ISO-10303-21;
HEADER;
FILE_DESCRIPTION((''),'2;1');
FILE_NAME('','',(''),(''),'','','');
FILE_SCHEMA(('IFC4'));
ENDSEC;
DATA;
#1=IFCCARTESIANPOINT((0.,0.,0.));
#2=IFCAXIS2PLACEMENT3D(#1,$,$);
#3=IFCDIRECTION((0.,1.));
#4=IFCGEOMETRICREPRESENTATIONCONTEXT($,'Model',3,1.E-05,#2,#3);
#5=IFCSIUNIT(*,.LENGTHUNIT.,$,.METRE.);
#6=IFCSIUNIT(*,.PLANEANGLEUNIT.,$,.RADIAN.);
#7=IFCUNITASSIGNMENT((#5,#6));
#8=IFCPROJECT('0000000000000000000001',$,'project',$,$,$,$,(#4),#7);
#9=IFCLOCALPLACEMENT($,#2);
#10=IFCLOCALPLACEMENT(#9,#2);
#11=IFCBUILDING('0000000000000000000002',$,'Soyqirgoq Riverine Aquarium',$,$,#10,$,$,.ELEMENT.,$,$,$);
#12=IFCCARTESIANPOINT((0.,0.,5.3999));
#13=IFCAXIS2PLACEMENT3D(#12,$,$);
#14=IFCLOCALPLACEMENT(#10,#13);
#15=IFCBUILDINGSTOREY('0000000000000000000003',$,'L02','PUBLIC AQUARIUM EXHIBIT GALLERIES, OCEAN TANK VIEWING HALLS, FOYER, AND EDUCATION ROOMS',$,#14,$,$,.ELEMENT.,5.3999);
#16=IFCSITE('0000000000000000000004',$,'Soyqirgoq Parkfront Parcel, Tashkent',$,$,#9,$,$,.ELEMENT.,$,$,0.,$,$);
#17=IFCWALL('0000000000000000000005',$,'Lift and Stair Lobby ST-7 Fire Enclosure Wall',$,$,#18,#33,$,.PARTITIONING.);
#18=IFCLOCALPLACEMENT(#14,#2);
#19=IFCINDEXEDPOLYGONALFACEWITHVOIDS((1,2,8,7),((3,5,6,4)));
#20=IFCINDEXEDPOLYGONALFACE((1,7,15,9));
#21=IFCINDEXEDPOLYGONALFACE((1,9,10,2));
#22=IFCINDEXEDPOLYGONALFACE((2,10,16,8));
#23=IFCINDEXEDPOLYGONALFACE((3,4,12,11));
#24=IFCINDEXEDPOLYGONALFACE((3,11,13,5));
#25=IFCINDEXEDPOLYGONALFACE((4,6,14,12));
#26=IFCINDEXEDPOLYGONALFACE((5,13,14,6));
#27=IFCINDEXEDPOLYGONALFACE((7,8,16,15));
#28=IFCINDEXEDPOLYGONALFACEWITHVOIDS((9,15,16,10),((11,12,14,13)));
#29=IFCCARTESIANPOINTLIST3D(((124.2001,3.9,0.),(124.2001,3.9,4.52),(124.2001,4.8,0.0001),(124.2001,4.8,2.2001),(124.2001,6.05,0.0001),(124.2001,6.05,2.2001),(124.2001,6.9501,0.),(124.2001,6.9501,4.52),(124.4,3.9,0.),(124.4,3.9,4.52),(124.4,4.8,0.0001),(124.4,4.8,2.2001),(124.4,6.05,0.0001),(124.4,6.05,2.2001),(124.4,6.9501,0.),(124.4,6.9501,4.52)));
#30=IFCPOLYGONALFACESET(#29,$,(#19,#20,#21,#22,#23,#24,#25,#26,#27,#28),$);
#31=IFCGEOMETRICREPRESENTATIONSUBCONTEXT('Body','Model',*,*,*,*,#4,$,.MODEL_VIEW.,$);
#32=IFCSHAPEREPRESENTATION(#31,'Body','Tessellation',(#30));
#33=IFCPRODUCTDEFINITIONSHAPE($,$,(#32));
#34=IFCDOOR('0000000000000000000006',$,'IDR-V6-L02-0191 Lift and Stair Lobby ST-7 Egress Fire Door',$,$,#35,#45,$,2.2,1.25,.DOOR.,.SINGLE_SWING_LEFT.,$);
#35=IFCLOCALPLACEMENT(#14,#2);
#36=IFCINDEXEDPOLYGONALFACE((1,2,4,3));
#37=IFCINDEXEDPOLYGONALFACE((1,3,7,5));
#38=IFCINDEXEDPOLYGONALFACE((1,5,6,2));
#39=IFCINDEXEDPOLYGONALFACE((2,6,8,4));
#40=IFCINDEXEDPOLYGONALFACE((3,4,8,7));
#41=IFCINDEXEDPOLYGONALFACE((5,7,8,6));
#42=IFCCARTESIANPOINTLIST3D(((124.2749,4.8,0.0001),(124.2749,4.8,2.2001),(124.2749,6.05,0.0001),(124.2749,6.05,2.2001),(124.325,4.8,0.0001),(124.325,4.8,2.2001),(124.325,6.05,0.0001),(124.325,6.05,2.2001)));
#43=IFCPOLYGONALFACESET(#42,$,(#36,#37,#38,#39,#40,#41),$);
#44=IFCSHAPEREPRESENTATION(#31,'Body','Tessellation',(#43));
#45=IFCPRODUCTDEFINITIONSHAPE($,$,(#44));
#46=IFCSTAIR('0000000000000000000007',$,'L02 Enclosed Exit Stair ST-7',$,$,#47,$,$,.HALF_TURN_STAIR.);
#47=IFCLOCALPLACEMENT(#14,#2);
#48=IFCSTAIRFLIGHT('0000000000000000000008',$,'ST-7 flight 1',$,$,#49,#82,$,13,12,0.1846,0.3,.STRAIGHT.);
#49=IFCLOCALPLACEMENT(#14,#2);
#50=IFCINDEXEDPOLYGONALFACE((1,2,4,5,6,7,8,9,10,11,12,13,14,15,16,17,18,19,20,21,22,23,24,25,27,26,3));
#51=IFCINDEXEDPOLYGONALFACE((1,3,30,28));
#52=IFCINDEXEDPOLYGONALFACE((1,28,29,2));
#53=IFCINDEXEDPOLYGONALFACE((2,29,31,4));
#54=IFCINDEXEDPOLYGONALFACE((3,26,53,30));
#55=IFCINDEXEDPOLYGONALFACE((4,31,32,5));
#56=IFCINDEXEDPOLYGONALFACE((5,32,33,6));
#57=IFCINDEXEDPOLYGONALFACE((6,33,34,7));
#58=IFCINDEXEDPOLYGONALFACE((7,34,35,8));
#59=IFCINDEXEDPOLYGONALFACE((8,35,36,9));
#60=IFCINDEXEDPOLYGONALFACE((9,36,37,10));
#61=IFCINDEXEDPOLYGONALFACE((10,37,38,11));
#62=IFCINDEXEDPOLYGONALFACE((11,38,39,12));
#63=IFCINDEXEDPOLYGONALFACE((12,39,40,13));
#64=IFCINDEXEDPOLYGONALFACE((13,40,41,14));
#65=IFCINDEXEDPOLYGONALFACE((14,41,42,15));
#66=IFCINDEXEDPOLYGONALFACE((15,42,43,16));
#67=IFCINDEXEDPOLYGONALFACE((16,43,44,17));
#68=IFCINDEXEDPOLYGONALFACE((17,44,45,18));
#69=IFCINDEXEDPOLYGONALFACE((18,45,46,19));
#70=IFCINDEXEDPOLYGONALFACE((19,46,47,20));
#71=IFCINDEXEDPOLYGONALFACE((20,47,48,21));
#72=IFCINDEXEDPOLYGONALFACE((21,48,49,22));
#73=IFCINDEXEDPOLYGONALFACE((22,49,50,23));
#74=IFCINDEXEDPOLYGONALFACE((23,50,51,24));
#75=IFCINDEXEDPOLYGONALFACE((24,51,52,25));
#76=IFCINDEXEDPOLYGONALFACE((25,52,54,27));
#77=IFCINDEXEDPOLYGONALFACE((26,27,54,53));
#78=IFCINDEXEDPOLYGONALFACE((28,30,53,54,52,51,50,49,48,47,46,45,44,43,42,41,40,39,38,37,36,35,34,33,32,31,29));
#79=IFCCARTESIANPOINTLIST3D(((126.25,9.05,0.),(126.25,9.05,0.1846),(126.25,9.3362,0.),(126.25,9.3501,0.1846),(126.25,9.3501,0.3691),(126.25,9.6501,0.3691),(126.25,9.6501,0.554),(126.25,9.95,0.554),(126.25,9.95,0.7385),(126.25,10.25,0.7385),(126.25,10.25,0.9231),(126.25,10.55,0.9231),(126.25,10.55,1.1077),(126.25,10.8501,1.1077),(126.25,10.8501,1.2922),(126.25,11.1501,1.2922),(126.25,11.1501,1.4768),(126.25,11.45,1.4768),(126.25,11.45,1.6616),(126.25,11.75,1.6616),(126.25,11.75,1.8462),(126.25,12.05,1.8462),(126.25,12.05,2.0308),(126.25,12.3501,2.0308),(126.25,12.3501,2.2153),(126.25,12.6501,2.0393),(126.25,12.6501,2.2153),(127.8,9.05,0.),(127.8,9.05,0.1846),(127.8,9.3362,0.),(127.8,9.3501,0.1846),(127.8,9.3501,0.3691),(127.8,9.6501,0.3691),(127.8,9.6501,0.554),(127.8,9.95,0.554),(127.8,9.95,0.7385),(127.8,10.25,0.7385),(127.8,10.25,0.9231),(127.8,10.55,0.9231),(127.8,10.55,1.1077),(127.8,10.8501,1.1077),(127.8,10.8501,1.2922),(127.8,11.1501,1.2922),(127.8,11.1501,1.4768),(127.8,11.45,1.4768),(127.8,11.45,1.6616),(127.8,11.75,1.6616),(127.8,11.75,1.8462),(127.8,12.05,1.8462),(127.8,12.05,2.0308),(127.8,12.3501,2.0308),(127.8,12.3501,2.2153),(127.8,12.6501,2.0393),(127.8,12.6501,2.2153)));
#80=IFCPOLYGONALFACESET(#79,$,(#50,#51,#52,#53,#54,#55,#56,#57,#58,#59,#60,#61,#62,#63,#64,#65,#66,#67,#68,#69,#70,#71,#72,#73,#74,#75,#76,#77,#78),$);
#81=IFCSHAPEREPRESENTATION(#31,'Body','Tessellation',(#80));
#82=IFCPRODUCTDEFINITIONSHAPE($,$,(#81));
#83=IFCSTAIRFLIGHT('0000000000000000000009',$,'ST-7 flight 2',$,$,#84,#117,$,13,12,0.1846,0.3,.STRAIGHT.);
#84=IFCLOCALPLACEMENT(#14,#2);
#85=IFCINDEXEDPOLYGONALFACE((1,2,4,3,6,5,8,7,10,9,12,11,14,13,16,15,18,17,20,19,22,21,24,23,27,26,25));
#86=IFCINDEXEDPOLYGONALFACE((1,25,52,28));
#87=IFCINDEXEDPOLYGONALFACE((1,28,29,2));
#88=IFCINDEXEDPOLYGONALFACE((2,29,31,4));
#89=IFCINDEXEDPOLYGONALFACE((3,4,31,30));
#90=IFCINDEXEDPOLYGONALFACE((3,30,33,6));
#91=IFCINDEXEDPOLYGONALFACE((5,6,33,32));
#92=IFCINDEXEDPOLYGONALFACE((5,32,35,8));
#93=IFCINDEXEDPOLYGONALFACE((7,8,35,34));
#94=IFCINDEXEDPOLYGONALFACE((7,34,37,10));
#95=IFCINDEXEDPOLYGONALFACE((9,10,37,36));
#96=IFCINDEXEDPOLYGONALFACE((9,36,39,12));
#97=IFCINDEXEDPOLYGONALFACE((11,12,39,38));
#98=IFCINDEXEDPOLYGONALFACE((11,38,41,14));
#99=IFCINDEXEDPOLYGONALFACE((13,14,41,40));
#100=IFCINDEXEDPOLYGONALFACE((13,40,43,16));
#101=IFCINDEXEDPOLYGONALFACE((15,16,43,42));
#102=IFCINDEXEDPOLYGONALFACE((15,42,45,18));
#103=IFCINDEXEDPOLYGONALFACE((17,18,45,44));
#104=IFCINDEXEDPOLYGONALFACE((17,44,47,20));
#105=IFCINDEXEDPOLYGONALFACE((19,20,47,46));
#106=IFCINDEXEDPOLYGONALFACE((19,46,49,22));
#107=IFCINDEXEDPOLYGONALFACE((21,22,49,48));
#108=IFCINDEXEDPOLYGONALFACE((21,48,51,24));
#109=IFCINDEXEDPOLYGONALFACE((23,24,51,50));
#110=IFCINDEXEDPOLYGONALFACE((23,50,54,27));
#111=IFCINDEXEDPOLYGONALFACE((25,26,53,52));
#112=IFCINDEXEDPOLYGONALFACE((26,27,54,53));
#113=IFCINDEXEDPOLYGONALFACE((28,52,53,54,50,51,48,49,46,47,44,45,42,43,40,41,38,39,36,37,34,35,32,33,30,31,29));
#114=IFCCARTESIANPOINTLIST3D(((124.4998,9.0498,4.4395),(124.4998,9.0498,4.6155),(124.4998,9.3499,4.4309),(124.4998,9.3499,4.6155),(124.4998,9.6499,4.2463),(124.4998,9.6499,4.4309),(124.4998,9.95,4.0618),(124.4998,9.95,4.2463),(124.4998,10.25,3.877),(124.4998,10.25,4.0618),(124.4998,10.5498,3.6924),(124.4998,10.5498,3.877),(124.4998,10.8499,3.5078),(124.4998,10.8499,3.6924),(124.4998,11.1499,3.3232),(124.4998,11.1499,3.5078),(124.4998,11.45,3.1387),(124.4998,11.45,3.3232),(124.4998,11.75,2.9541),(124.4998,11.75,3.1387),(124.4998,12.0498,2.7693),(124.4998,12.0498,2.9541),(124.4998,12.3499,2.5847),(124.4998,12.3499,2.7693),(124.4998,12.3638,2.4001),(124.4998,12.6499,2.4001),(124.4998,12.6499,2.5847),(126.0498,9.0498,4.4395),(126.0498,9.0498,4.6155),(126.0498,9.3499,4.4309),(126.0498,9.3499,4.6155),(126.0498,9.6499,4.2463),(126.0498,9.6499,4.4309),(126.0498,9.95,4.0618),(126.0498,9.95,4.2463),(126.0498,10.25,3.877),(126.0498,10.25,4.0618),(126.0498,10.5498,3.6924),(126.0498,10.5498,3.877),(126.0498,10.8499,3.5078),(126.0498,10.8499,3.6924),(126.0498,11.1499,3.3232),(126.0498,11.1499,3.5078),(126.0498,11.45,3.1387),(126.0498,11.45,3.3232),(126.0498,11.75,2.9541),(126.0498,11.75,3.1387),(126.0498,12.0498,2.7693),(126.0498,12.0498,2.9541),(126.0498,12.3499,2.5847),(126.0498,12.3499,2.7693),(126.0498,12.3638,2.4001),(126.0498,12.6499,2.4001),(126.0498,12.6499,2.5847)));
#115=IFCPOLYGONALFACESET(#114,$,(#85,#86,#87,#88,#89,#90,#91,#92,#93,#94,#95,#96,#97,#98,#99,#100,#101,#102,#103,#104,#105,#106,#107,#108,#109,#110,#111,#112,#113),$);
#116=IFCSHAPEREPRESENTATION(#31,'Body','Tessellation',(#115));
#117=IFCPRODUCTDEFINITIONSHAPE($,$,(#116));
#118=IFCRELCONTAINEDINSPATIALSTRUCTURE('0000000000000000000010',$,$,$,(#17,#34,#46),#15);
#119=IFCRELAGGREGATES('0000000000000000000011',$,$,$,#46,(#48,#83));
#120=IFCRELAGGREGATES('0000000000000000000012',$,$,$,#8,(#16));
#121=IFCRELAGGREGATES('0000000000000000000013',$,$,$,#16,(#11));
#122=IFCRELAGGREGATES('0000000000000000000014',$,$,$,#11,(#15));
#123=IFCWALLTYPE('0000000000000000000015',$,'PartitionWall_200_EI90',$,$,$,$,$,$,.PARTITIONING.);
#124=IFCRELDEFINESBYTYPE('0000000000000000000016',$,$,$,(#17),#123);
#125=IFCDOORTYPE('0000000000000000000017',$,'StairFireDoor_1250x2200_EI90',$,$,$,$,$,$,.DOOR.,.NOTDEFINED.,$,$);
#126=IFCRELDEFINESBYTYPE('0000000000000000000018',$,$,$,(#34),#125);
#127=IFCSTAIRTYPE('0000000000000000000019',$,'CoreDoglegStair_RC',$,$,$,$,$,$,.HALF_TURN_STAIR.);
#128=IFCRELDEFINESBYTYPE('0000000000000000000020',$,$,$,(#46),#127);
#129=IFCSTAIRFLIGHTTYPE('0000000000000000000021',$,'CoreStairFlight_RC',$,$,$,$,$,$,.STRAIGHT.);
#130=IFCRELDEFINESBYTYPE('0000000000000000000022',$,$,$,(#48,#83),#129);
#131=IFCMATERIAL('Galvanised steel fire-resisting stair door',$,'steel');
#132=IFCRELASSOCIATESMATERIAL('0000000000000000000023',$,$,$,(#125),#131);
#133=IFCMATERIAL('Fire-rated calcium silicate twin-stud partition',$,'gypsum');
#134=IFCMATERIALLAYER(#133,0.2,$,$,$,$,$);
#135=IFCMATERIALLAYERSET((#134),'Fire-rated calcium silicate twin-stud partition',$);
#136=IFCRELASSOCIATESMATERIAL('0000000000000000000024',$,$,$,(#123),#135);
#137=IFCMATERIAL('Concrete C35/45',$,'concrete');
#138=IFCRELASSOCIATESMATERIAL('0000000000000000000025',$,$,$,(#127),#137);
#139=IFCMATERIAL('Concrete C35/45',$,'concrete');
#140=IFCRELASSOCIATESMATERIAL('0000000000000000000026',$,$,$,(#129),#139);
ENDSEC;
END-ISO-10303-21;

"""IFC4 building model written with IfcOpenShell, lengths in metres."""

from ifc_helpers import new_model, si_unit, direction, frame, frame_2d, origin, place, context, subcontext, project, spatial, polyline, rectangle, outline, extrude, material, layer, layer_set, type_object, element, fill, aggregate, save


model = new_model("IFC4")

# Units and contexts
model_context = context("Model", 3, precision=1e-05, world=origin(), true_north=direction((0.0, 1.0)))
body_context = subcontext(model_context, "Body", "Model", "MODEL_VIEW")
ifc_project = project(units=[si_unit("LENGTHUNIT", "METRE"), si_unit("PLANEANGLEUNIT", "RADIAN")], contexts=[model_context])

# Site, building, storey
site_placement = place(None, origin())
site = spatial("IfcSite", under=ifc_project, at=site_placement, Name="Soyqirgoq Parkfront Parcel, Tashkent", CompositionType="ELEMENT", RefElevation=0.0)
building_placement = place(site_placement, origin())
building = spatial("IfcBuilding", under=site, at=building_placement, Name="Soyqirgoq Riverine Aquarium", CompositionType="ELEMENT")
storey_placement = place(building_placement, frame((0.0, 0.0, 5.3999)))
storey = spatial("IfcBuildingStorey", under=building, at=storey_placement, Name="L02", Description="PUBLIC AQUARIUM EXHIBIT GALLERIES, OCEAN TANK VIEWING HALLS, FOYER, AND EDUCATION ROOMS", CompositionType="ELEMENT", Elevation=5.3999)

# Shared definitions
ifc_material_1 = material(Name="Galvanised steel fire-resisting stair door", Category="steel")
door_type = type_object("IfcDoorType", Name="StairFireDoor_1250x2200_EI90", OperationType="NOTDEFINED", PredefinedType="DOOR", material=ifc_material_1)

# Wall, opening, door
ifc_material_2 = material(Name="Fire-rated calcium silicate twin-stud partition", Category="gypsum")
ifc_layer_1 = layer(ifc_material_2, 0.2)
ifc_layer_set_1 = layer_set([ifc_layer_1], Name="Fire-rated calcium silicate twin-stud partition")
wall_type_1 = type_object("IfcWallType", Name="PartitionWall_200_EI90", PredefinedType="PARTITIONING", material=ifc_layer_set_1)
wall_1_placement = place(storey_placement, frame((124.3, 6.95, 0.0), z_axis=(0.0, 0.0, 1.0), x_axis=(0.0, -1.0, 0.0)))
wall_1 = element("IfcWall", 1, at=wall_1_placement, inside=storey, type_object=wall_type_1, Name="Lift and Stair Lobby ST-7 Fire Enclosure Wall", PredefinedType="PARTITIONING", context=body_context, shape_type="SweptSolid", body=[
    extrude(rectangle(XDim=3.05, YDim=0.2, at=frame_2d((1.5249, 0.0))), origin(), (0.0, 0.0, 1.0), 4.52),
])
opening_1_placement = place(wall_1_placement, frame((0.8999, 0.0, 0.0)))
opening_1 = element("IfcOpeningElement", 2, at=opening_1_placement, cuts=wall_1, PredefinedType="OPENING", context=body_context, shape_type="SweptSolid", body=[
    extrude(rectangle(XDim=1.25, YDim=2.2, at=frame_2d((0.625, 1.1001))), frame((0.0, 0.1099, 0.0), z_axis=(0.0, -1.0, 0.0), x_axis=(1.0, 0.0, 0.0)), (0.0, 0.0, 1.0), 0.22),
])
door_1_placement = place(opening_1_placement, origin())
door_1 = element("IfcDoor", 3, at=door_1_placement, inside=storey, type_object=door_type, Name="IDR-V6-L02-0191 Lift and Stair Lobby ST-7 Egress Fire Door", OperationType="SINGLE_SWING_LEFT", OverallHeight=2.2, OverallWidth=1.25, PredefinedType="DOOR", context=body_context, shape_type="SweptSolid", body=[
    extrude(rectangle(XDim=1.25, YDim=2.2, at=frame_2d((0.625, 1.1001))), frame((0.0, 0.0249, 0.0), z_axis=(0.0, -1.0, 0.0), x_axis=(1.0, 0.0, 0.0)), (0.0, 0.0, 1.0), 0.05),
])
fill(opening_1, door_1)

# Stair, stair flights
ifc_material_3 = material(Name="Concrete C35/45", Category="concrete")
stair_type = type_object("IfcStairType", Name="CoreDoglegStair_RC", PredefinedType="HALF_TURN_STAIR", material=ifc_material_3)
stair_placement = place(storey_placement, origin())
stair = element("IfcStair", 4, at=stair_placement, inside=storey, type_object=stair_type, Name="L02 Enclosed Exit Stair ST-7", PredefinedType="HALF_TURN_STAIR")
ifc_material_4 = material(Name="Concrete C35/45", Category="concrete")
stair_flight_type = type_object("IfcStairFlightType", Name="CoreStairFlight_RC", PredefinedType="STRAIGHT", material=ifc_material_4)
stair_flight_1_placement = place(storey_placement, frame((127.0249, 9.05, 0.0), z_axis=(0.0, 0.0, 1.0), x_axis=(0.0, 1.0, 0.0)))
stair_flight_1 = element("IfcStairFlight", 5, at=stair_flight_1_placement, type_object=stair_flight_type, Name="ST-7 flight 1", NumberOfRisers=13, NumberOfTreads=12, PredefinedType="STRAIGHT", RiserHeight=0.1846, TreadLength=0.3, context=body_context, shape_type="SweptSolid", body=[
    extrude(outline(polyline([(0.0, 0.0), (0.0, 0.1846), (0.3, 0.1846), (0.3, 0.3691), (0.6001, 0.3691), (0.6001, 0.554), (0.8999, 0.554), (0.8999, 0.7385), (1.2, 0.7385), (1.2, 0.9231), (1.5, 0.9231), (1.5, 1.1077), (1.8, 1.1077), (1.8, 1.2922), (2.1001, 1.2922), (2.1001, 1.4768), (2.3999, 1.4768), (2.3999, 1.6616), (2.7, 1.6616), (2.7, 1.8462), (3.0, 1.8462), (3.0, 2.0308), (3.3, 2.0308), (3.3, 2.2153), (3.6001, 2.2153), (3.6001, 2.3999), (3.6001, 2.0393), (0.2861, 0.0), (0.0, 0.0)])), frame((0.0, 0.7749, 0.0), z_axis=(0.0, -1.0, 0.0), x_axis=(1.0, 0.0, 0.0)), (0.0, 0.0, 1.0), 1.55),
])
stair_flight_2_placement = place(storey_placement, frame((125.2749, 12.6499, 2.4001), z_axis=(0.0, 0.0, 1.0), x_axis=(0.0, -1.0, 0.0)))
stair_flight_2 = element("IfcStairFlight", 6, at=stair_flight_2_placement, type_object=stair_flight_type, Name="ST-7 flight 2", NumberOfRisers=13, NumberOfTreads=12, PredefinedType="STRAIGHT", RiserHeight=0.1846, TreadLength=0.3, context=body_context, shape_type="SweptSolid", body=[
    extrude(outline(polyline([(0.0, 0.0), (0.0, 0.1846), (0.3, 0.1846), (0.3, 0.3691), (0.6001, 0.3691), (0.6001, 0.554), (0.8999, 0.554), (0.8999, 0.7385), (1.2, 0.7385), (1.2, 0.9231), (1.5, 0.9231), (1.5, 1.1077), (1.8, 1.1077), (1.8, 1.2922), (2.1001, 1.2922), (2.1001, 1.4768), (2.3999, 1.4768), (2.3999, 1.6616), (2.7, 1.6616), (2.7, 1.8462), (3.0, 1.8462), (3.0, 2.0308), (3.3, 2.0308), (3.3, 2.2153), (3.6001, 2.2153), (3.6001, 2.3999), (3.6001, 2.0393), (0.2861, 0.0), (0.0, 0.0)])), frame((0.0, 0.7749, 0.0), z_axis=(0.0, -1.0, 0.0), x_axis=(1.0, 0.0, 0.0)), (0.0, 0.0, 1.0), 1.55),
])
aggregate(stair, [stair_flight_1, stair_flight_2])

save(model, "model.ifc")
